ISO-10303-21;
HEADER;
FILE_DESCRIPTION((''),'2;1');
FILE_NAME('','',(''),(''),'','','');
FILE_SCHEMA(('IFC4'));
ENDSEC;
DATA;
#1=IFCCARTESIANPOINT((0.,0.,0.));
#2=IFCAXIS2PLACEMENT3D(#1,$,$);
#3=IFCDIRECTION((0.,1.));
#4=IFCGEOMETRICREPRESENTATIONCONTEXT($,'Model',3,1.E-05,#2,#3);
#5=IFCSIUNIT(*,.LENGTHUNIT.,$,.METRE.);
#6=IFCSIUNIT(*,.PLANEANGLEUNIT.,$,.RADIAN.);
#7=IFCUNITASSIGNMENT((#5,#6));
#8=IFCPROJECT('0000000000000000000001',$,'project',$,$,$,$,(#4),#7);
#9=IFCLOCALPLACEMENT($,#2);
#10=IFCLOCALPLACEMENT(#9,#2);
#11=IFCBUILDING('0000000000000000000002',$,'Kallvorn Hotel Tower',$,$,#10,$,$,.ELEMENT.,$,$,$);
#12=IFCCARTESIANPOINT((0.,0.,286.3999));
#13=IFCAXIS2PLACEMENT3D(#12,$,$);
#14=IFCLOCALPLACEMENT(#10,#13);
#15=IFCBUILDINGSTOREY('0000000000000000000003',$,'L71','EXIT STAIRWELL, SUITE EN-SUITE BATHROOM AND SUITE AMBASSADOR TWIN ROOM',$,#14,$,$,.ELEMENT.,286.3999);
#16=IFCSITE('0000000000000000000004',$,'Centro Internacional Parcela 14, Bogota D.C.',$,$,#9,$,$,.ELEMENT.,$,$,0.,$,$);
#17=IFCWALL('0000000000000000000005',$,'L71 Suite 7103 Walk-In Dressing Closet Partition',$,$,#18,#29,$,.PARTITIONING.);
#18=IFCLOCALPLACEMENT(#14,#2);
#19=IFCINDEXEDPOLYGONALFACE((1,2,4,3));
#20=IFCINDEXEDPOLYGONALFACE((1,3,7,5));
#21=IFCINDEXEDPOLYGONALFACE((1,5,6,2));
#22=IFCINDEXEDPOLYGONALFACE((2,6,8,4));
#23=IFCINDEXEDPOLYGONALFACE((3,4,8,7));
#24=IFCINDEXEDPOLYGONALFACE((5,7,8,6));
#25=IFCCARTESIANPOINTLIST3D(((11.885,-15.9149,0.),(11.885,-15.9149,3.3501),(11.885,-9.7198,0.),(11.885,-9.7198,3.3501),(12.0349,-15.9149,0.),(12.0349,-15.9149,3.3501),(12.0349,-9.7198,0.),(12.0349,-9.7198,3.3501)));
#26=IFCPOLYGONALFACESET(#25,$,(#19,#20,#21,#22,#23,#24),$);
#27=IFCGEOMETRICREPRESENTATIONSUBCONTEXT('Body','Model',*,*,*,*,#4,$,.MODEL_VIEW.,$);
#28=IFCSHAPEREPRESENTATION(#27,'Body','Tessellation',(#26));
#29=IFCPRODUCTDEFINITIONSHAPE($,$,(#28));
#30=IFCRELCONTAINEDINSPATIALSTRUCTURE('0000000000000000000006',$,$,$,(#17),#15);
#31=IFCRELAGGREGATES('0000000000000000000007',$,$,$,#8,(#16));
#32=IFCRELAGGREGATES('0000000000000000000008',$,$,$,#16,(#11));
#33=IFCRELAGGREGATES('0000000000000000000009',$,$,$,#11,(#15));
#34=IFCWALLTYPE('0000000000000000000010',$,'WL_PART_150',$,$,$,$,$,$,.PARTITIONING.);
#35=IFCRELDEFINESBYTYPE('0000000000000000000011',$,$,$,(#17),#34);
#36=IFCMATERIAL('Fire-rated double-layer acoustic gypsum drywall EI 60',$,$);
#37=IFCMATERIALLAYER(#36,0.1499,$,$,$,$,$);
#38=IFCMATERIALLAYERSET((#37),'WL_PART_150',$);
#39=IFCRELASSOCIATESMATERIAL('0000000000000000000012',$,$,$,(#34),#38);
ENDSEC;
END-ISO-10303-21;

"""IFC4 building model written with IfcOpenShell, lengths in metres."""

from ifc_helpers import new_model, si_unit, direction, frame, frame_2d, origin, place, context, subcontext, project, spatial, rectangle, extrude, material, layer, layer_set, type_object, element, save


model = new_model("IFC4")

# Units and contexts
model_context = context("Model", 3, precision=1e-05, world=origin(), true_north=direction((0.0, 1.0)))
body_context = subcontext(model_context, "Body", "Model", "MODEL_VIEW")
ifc_project = project(units=[si_unit("LENGTHUNIT", "METRE"), si_unit("PLANEANGLEUNIT", "RADIAN")], contexts=[model_context])

# Site, building, storey
site_placement = place(None, origin())
site = spatial("IfcSite", under=ifc_project, at=site_placement, Name="Centro Internacional Parcela 14, Bogota D.C.", CompositionType="ELEMENT", RefElevation=0.0)
building_placement = place(site_placement, origin())
building = spatial("IfcBuilding", under=site, at=building_placement, Name="Kallvorn Hotel Tower", CompositionType="ELEMENT")
storey_placement = place(building_placement, frame((0.0, 0.0, 286.3999)))
storey = spatial("IfcBuildingStorey", under=building, at=storey_placement, Name="L71", Description="EXIT STAIRWELL, SUITE EN-SUITE BATHROOM AND SUITE AMBASSADOR TWIN ROOM", CompositionType="ELEMENT", Elevation=286.3999)

# Wall
ifc_material_1 = material(Name="Fire-rated double-layer acoustic gypsum drywall EI 60")
ifc_layer_1 = layer(ifc_material_1, 0.1499)
ifc_layer_set_1 = layer_set([ifc_layer_1], Name="WL_PART_150")
wall_type_1 = type_object("IfcWallType", Name="WL_PART_150", PredefinedType="PARTITIONING", material=ifc_layer_set_1)
wall_1_placement = place(storey_placement, frame((11.96, -15.915, 0.0), z_axis=(0.0, 0.0, 1.0), x_axis=(0.0, 1.0, 0.0)))
element("IfcWall", 1, at=wall_1_placement, inside=storey, type_object=wall_type_1, Name="L71 Suite 7103 Walk-In Dressing Closet Partition", PredefinedType="PARTITIONING", context=body_context, shape_type="SweptSolid", body=[
    extrude(rectangle(XDim=6.1951, YDim=0.1499, at=frame_2d((3.0977, 0.0))), origin(), (0.0, 0.0, 1.0), 3.3501),
])

save(model, "model.ifc")
